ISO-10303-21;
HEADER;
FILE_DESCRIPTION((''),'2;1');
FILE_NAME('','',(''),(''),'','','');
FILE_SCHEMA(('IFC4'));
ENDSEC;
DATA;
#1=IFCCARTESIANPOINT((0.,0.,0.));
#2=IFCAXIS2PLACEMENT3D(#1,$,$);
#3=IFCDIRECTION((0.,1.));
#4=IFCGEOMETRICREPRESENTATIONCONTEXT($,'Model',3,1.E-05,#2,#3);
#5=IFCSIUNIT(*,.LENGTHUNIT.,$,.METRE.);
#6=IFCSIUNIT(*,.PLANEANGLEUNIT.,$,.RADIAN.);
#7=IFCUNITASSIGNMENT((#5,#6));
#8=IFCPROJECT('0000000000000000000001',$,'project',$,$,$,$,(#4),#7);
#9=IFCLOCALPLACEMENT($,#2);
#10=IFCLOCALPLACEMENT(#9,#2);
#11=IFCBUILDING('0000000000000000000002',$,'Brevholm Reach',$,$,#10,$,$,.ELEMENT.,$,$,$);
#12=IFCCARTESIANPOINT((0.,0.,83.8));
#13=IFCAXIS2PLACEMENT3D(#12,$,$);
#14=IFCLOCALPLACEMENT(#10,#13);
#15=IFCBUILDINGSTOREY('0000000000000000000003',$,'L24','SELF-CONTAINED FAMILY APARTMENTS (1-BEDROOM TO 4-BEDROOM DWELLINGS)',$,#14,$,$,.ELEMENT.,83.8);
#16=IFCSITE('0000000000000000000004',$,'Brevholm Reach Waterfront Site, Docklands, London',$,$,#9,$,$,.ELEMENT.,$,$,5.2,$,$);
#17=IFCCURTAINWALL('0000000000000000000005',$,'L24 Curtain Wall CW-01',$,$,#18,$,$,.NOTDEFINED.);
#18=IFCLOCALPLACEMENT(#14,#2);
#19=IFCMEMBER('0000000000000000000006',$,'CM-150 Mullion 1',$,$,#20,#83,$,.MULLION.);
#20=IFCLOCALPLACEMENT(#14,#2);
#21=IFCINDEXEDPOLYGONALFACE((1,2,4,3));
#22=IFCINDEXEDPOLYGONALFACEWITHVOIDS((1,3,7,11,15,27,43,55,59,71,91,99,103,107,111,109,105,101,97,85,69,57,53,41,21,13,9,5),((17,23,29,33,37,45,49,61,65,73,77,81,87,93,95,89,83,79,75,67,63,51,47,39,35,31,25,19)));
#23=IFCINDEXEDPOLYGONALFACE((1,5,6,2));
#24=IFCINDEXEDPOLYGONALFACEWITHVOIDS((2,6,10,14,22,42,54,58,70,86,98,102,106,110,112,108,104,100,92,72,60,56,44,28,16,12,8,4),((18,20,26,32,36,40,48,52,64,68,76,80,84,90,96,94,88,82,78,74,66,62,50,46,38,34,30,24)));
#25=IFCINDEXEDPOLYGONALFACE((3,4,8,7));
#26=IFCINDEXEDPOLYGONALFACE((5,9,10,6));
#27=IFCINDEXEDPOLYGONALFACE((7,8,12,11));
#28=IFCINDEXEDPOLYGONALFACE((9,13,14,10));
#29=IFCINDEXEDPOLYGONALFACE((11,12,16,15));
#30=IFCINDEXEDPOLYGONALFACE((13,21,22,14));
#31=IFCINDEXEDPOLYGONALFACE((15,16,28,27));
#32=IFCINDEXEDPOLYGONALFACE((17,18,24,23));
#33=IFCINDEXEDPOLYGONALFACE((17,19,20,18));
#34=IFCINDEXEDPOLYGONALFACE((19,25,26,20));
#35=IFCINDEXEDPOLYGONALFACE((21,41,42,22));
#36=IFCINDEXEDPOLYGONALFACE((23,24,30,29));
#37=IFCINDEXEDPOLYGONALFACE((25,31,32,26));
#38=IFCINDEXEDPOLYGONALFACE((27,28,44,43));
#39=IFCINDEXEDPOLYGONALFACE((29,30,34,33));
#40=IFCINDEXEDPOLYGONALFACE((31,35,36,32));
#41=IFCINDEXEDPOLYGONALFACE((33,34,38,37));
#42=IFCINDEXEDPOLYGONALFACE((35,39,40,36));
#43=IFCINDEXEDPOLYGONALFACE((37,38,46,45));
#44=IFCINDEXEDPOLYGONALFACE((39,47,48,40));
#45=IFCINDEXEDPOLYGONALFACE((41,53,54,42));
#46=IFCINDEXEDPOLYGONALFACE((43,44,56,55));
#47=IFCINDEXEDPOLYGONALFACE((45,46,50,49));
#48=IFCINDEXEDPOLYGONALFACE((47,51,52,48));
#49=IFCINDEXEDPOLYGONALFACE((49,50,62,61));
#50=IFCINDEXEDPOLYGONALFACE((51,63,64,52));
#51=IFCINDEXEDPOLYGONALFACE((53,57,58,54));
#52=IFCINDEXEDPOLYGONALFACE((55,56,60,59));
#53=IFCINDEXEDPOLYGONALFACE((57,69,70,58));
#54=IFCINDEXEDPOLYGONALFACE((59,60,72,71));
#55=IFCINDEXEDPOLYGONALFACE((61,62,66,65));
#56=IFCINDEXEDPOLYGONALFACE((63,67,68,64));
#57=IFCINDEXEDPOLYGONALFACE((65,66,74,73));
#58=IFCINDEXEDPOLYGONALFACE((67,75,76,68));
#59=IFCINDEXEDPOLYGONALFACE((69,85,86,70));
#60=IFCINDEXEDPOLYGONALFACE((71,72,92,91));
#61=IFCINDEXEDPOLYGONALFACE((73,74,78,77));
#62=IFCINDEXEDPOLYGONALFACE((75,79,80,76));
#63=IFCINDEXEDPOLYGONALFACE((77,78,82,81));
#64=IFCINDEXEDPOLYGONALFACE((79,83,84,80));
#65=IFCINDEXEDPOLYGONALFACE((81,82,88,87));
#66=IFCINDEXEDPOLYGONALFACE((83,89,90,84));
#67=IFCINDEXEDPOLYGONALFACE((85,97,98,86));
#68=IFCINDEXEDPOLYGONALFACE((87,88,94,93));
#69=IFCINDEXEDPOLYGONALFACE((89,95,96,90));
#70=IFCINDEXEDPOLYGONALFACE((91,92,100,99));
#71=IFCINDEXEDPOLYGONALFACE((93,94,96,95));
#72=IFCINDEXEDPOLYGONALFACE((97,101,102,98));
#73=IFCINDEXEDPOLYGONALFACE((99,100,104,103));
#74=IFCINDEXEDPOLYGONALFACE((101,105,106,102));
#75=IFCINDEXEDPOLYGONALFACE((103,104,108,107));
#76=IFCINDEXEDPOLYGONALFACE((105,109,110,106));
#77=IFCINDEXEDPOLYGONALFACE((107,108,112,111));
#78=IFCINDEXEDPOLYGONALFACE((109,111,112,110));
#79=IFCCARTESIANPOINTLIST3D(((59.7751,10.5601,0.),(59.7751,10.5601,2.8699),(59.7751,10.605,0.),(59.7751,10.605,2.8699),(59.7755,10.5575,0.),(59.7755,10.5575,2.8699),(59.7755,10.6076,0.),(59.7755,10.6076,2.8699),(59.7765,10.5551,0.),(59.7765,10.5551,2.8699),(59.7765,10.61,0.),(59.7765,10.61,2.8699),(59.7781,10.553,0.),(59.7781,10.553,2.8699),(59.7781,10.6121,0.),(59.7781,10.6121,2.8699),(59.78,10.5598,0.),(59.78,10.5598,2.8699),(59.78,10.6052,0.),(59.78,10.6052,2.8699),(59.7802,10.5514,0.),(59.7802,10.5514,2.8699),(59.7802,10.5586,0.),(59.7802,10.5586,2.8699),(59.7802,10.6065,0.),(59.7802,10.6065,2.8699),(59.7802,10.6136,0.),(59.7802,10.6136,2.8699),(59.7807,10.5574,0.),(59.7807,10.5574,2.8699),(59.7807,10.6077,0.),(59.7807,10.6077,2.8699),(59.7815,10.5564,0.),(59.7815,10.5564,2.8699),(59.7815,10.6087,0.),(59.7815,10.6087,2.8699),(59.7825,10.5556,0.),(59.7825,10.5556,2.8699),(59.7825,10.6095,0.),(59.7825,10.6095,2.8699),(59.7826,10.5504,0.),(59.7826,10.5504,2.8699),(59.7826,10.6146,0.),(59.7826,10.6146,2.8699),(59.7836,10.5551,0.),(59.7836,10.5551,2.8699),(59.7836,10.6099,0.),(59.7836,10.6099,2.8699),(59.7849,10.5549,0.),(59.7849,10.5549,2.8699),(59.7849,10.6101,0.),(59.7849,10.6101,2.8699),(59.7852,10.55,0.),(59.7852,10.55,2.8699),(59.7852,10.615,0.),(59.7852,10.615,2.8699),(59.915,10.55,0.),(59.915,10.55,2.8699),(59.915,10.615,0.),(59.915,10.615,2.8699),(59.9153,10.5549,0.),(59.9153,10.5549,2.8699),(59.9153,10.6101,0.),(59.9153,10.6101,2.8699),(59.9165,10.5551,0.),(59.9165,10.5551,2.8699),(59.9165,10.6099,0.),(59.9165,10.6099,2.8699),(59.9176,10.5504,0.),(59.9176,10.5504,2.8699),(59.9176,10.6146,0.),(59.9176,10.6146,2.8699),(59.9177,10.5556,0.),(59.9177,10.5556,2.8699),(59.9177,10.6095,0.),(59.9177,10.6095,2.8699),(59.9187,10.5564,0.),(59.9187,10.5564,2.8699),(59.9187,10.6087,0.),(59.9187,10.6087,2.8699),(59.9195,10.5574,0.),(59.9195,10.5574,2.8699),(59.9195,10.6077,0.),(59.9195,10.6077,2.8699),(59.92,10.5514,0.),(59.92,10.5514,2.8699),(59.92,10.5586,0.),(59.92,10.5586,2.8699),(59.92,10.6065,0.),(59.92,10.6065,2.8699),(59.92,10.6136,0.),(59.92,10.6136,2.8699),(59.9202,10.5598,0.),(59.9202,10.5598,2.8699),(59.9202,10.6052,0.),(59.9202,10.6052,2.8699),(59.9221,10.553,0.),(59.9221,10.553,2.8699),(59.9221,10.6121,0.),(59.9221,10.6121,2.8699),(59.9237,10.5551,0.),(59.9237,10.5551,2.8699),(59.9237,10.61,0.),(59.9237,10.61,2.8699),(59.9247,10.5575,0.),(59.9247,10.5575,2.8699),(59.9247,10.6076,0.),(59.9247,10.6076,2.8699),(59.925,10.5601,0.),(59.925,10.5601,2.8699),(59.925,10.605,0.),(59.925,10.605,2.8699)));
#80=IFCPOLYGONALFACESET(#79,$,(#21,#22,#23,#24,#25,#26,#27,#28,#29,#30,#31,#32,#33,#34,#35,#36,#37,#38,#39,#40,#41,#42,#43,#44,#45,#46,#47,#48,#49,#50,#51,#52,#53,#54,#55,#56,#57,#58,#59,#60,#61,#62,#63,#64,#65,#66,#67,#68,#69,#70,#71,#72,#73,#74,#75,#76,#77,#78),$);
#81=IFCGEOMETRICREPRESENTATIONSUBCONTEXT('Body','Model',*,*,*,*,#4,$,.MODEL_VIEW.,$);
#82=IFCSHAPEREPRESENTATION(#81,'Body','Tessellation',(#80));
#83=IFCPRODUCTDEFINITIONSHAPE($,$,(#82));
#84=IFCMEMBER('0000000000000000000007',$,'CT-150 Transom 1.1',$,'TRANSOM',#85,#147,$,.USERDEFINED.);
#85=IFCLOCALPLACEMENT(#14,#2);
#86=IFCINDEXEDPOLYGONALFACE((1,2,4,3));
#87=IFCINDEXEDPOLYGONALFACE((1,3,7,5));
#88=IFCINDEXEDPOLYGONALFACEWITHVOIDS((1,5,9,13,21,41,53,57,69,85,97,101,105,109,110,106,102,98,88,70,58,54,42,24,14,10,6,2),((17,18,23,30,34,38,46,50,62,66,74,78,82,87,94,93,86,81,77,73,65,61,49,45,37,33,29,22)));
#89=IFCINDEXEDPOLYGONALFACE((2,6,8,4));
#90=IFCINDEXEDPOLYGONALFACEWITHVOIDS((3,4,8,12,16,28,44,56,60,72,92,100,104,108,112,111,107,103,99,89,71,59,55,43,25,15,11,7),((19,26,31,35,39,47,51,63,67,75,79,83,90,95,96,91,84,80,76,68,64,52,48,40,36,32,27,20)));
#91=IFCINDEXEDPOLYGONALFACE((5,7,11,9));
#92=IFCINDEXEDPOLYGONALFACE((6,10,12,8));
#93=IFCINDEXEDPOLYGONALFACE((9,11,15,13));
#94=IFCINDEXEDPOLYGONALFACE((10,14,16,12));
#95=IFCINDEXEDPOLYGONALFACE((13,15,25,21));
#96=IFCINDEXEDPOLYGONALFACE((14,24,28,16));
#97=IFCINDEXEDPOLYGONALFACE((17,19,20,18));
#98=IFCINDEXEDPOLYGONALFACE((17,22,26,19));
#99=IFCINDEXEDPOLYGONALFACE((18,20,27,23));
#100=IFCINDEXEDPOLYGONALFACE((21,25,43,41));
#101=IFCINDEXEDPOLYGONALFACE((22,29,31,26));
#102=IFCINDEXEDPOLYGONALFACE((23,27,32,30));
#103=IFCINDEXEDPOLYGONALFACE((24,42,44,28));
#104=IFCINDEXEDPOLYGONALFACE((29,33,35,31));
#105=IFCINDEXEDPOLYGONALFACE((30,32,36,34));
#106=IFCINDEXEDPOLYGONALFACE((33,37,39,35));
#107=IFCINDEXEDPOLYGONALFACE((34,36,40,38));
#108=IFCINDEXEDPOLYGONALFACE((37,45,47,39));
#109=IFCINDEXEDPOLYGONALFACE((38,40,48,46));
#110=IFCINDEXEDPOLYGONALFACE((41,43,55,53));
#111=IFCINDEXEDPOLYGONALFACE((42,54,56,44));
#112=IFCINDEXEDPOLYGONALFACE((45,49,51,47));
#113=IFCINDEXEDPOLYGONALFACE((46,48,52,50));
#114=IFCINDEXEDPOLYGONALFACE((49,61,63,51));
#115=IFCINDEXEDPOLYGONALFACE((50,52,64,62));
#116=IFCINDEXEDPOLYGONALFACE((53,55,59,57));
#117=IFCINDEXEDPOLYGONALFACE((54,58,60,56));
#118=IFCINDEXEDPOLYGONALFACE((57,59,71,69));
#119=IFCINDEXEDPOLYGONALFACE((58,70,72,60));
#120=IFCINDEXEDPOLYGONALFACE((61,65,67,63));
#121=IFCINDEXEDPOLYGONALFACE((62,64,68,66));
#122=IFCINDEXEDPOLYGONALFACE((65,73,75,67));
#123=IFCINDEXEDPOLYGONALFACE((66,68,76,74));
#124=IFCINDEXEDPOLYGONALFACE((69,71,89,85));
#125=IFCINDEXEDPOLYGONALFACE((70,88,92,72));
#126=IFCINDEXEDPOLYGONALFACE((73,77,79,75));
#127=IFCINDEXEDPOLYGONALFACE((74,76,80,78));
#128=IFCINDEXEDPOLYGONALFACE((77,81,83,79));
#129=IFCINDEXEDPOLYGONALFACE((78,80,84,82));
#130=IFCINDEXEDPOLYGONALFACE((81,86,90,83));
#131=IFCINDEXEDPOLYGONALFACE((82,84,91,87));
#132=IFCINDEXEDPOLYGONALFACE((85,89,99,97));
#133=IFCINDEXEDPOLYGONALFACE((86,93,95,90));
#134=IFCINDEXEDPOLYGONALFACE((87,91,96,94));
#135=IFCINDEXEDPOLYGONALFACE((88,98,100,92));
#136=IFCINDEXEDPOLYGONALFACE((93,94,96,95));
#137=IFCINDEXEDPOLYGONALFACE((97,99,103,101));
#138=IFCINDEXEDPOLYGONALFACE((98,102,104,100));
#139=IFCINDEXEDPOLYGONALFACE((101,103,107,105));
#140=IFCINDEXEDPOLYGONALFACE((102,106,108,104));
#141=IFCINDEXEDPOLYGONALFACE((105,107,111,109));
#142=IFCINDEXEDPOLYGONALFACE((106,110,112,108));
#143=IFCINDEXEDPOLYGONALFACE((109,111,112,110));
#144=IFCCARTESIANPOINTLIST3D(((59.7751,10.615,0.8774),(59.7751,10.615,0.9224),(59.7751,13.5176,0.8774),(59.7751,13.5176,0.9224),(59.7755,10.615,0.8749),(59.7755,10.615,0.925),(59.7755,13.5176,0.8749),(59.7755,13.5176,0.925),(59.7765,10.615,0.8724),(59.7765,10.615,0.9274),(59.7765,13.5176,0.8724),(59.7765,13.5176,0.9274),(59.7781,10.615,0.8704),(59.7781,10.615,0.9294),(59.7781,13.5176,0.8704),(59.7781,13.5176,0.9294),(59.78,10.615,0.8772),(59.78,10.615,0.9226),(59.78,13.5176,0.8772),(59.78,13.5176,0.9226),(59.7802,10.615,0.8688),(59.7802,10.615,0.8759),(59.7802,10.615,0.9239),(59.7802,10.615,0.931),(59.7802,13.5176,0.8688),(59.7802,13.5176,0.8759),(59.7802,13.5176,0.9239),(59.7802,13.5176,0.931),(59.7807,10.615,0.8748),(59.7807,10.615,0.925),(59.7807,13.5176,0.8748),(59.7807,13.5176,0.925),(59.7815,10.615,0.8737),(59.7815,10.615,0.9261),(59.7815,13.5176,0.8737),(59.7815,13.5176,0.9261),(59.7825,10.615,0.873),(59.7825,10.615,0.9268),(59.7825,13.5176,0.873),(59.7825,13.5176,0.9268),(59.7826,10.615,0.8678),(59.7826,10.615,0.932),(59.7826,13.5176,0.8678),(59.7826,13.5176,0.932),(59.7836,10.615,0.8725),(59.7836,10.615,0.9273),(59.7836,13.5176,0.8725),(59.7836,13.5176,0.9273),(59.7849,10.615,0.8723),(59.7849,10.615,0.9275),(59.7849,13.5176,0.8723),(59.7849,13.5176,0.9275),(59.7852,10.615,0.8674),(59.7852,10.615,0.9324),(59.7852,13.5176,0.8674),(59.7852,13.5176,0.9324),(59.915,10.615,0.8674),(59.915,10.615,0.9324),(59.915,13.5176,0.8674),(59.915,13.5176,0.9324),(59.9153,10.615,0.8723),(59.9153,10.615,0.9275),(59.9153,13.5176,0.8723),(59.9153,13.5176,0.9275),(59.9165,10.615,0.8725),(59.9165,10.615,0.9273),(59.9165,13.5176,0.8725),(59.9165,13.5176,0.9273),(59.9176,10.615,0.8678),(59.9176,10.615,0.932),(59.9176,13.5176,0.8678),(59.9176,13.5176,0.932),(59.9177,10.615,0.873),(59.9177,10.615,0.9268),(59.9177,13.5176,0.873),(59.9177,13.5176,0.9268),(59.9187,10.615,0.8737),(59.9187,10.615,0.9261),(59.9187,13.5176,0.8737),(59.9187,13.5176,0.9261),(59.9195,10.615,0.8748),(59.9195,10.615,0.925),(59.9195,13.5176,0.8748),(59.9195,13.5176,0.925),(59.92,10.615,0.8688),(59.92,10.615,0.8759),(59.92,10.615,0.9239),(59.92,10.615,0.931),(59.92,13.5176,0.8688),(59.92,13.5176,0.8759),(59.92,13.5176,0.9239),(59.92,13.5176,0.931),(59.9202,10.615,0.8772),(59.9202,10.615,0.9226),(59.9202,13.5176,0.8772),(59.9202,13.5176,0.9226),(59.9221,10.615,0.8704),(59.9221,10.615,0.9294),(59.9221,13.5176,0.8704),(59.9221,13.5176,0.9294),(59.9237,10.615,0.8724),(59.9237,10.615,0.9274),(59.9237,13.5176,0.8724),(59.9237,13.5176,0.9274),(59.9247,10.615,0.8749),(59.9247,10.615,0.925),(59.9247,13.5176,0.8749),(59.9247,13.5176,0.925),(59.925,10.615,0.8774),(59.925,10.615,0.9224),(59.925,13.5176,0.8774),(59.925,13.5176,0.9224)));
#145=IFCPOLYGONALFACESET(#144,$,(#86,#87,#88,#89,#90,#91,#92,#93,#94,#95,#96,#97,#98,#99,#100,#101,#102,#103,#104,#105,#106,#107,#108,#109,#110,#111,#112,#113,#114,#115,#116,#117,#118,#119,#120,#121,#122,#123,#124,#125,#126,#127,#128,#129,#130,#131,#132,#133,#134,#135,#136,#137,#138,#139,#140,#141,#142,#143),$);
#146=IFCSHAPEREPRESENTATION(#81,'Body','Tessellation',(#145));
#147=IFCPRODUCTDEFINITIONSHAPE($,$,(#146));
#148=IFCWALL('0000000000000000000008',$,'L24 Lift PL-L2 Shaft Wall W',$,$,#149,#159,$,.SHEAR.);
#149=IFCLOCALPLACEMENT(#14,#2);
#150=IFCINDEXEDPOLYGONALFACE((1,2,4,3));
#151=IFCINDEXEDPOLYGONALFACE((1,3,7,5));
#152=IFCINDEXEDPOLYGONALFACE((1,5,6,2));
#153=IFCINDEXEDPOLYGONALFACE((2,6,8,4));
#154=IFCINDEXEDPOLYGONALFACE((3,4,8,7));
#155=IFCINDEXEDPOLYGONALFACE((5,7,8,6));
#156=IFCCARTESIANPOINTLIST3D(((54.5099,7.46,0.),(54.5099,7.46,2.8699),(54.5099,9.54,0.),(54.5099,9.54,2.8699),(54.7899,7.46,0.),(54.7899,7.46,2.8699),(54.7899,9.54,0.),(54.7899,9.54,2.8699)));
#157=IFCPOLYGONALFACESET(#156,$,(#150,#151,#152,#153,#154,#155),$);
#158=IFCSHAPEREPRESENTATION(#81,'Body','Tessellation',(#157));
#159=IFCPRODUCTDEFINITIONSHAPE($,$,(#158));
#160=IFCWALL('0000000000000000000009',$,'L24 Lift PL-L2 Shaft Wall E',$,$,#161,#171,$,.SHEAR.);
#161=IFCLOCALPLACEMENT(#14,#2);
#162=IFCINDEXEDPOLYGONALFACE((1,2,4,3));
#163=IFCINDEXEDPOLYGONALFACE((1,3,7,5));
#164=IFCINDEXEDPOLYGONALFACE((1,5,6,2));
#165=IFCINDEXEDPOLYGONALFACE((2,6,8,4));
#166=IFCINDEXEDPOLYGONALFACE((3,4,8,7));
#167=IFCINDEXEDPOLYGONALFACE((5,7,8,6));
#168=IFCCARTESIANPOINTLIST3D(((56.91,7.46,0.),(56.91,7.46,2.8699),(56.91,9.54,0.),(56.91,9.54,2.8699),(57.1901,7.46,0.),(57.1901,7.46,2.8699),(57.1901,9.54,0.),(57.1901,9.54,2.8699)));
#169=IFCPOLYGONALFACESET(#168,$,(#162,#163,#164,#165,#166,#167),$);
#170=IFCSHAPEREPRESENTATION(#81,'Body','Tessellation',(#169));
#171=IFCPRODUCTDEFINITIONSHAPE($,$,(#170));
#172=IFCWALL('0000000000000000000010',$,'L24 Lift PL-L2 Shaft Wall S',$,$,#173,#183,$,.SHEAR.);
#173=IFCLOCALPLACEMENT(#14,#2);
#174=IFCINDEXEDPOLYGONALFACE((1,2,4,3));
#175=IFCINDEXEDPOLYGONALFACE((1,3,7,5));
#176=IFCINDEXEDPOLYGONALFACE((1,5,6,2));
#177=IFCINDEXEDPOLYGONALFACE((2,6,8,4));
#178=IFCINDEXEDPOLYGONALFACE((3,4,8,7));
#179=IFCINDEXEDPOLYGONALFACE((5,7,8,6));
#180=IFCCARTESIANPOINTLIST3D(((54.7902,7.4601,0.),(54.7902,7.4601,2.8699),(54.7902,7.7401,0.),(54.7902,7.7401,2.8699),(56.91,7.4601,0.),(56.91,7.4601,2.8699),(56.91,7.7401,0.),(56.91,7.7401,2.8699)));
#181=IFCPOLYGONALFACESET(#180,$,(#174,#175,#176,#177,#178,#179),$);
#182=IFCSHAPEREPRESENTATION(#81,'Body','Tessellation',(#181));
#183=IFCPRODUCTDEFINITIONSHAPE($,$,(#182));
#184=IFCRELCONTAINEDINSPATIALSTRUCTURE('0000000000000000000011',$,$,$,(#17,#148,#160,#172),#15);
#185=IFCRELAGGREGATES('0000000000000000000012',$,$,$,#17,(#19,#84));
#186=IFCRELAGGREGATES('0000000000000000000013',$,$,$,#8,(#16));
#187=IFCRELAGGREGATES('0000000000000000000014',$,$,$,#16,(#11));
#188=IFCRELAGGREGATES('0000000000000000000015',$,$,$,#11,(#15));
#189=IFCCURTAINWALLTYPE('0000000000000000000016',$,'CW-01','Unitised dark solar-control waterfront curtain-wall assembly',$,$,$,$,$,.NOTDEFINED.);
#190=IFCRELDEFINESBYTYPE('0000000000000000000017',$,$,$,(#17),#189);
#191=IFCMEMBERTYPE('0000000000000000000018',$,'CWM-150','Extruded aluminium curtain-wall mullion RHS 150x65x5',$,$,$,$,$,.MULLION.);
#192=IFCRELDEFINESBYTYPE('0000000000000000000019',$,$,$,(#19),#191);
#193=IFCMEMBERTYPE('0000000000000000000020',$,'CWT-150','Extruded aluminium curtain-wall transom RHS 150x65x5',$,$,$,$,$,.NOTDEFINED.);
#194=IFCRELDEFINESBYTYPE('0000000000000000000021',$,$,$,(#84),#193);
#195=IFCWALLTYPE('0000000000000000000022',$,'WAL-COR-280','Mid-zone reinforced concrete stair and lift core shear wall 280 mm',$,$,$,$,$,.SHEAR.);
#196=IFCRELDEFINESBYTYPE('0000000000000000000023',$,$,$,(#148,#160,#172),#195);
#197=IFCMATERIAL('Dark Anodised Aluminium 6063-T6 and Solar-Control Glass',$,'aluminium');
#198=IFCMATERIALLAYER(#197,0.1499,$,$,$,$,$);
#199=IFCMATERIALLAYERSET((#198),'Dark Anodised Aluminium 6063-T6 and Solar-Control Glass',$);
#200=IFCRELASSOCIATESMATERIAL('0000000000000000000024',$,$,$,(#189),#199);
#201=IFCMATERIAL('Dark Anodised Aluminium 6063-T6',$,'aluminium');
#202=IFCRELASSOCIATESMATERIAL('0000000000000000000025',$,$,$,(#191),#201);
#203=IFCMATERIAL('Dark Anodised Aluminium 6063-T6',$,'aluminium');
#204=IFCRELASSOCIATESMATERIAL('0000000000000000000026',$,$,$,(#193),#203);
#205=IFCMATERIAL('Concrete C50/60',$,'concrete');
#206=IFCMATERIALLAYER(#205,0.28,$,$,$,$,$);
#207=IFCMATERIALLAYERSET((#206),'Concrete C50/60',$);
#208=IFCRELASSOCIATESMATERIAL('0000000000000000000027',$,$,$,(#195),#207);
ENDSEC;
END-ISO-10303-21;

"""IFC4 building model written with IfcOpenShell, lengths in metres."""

from ifc_helpers import new_model, si_unit, direction, frame, frame_2d, origin, origin_2d, place, context, subcontext, project, spatial, rectangle, hollow_rectangle, extrude, material, layer, layer_set, material_profile, profile_set, type_object, element, aggregate, save


model = new_model("IFC4")

# Units and contexts
model_context = context("Model", 3, precision=1e-05, world=origin(), true_north=direction((0.0, 1.0)))
body_context = subcontext(model_context, "Body", "Model", "MODEL_VIEW")
ifc_project = project(units=[si_unit("LENGTHUNIT", "METRE"), si_unit("PLANEANGLEUNIT", "RADIAN")], contexts=[model_context])

# Site, building, storey
site_placement = place(None, origin())
site = spatial("IfcSite", under=ifc_project, at=site_placement, Name="Brevholm Reach Waterfront Site, Docklands, London", CompositionType="ELEMENT", RefElevation=5.2)
building_placement = place(site_placement, origin())
building = spatial("IfcBuilding", under=site, at=building_placement, Name="Brevholm Reach", CompositionType="ELEMENT")
storey_placement = place(building_placement, frame((0.0, 0.0, 83.8)))
storey = spatial("IfcBuildingStorey", under=building, at=storey_placement, Name="L24", Description="SELF-CONTAINED FAMILY APARTMENTS (1-BEDROOM TO 4-BEDROOM DWELLINGS)", CompositionType="ELEMENT", Elevation=83.8)

# Curtain wall, members
ifc_material_1 = material(Name="Dark Anodised Aluminium 6063-T6 and Solar-Control Glass", Category="aluminium")
ifc_layer_1 = layer(ifc_material_1, 0.1499)
ifc_layer_set_1 = layer_set([ifc_layer_1], Name="Dark Anodised Aluminium 6063-T6 and Solar-Control Glass")
curtain_wall_type = type_object("IfcCurtainWallType", Name="CW-01", Description="Unitised dark solar-control waterfront curtain-wall assembly", PredefinedType="NOTDEFINED", material=ifc_layer_set_1)
curtain_wall_placement = place(storey_placement, origin())
curtain_wall = element("IfcCurtainWall", 1, at=curtain_wall_placement, inside=storey, type_object=curtain_wall_type, Name="L24 Curtain Wall CW-01", PredefinedType="NOTDEFINED")
ifc_material_2 = material(Name="Dark Anodised Aluminium 6063-T6", Category="aluminium")
ifc_material_profile_1 = material_profile(ifc_material_2, hollow_rectangle(XDim=0.0649, YDim=0.1499, WallThickness=0.0049, InnerFilletRadius=0.0049, OuterFilletRadius=0.01, at=origin_2d()), Name="RHS 150x65x5")
ifc_profile_set_1 = profile_set([ifc_material_profile_1], Name="Dark Anodised Aluminium 6063-T6")
member_type_1 = type_object("IfcMemberType", Name="CWM-150", Description="Extruded aluminium curtain-wall mullion RHS 150x65x5", PredefinedType="MULLION", material=ifc_profile_set_1)
member_1_placement = place(storey_placement, frame((59.8501, 10.5825, 0.0), z_axis=(0.0, 0.0, 1.0), x_axis=(0.0, 1.0, 0.0)))
member_1 = element("IfcMember", 2, at=member_1_placement, type_object=member_type_1, Name="CM-150 Mullion 1", PredefinedType="MULLION", context=body_context, shape_type="SweptSolid", body=[
    extrude(hollow_rectangle(XDim=0.0649, YDim=0.1499, WallThickness=0.0049, InnerFilletRadius=0.0049, OuterFilletRadius=0.01, at=origin_2d()), origin(), (0.0, 0.0, 1.0), 2.8699),
])
ifc_material_3 = material(Name="Dark Anodised Aluminium 6063-T6", Category="aluminium")
ifc_material_profile_2 = material_profile(ifc_material_3, hollow_rectangle(XDim=0.0649, YDim=0.1499, WallThickness=0.0049, InnerFilletRadius=0.0049, OuterFilletRadius=0.01, at=origin_2d()), Name="RHS 150x65x5")
ifc_profile_set_2 = profile_set([ifc_material_profile_2], Name="Dark Anodised Aluminium 6063-T6")
member_type_2 = type_object("IfcMemberType", Name="CWT-150", Description="Extruded aluminium curtain-wall transom RHS 150x65x5", PredefinedType="NOTDEFINED", material=ifc_profile_set_2)
member_2_placement = place(storey_placement, frame((59.8501, 10.615, 0.8999), z_axis=(0.0, 1.0, 0.0), x_axis=(0.0, 0.0, 1.0)))
member_2 = element("IfcMember", 3, at=member_2_placement, type_object=member_type_2, Name="CT-150 Transom 1.1", ObjectType="TRANSOM", PredefinedType="USERDEFINED", context=body_context, shape_type="SweptSolid", body=[
    extrude(hollow_rectangle(XDim=0.0649, YDim=0.1499, WallThickness=0.0049, InnerFilletRadius=0.0049, OuterFilletRadius=0.01, at=origin_2d()), origin(), (0.0, 0.0, 1.0), 2.9026),
])
aggregate(curtain_wall, [member_1, member_2])

# Walls
ifc_material_4 = material(Name="Concrete C50/60", Category="concrete")
ifc_layer_2 = layer(ifc_material_4, 0.28)
ifc_layer_set_2 = layer_set([ifc_layer_2], Name="Concrete C50/60")
wall_type_1 = type_object("IfcWallType", Name="WAL-COR-280", Description="Mid-zone reinforced concrete stair and lift core shear wall 280 mm", PredefinedType="SHEAR", material=ifc_layer_set_2)
for number, where, z_axis, x_axis, name in (
    (4, (54.6499, 7.46, 0.0), (0.0, 0.0, 1.0), (0.0, 1.0, 0.0), "L24 Lift PL-L2 Shaft Wall W"),
    (5, (57.05, 7.46, 0.0), (0.0, 0.0, 1.0), (0.0, 1.0, 0.0), "L24 Lift PL-L2 Shaft Wall E"),
):
    element("IfcWall", number, at=place(storey_placement, frame(where, z_axis=z_axis, x_axis=x_axis)), inside=storey, type_object=wall_type_1, Name=name, PredefinedType="SHEAR", context=body_context, shape_type="SweptSolid", body=[
        extrude(rectangle(XDim=2.0801, YDim=0.28, at=frame_2d((1.04, 0.0))), origin(), (0.0, 0.0, 1.0), 2.8699),
    ])
wall_1_placement = place(storey_placement, frame((54.79, 7.6001, 0.0), z_axis=(0.0, 0.0, 1.0), x_axis=(1.0, 0.0, 0.0)))
element("IfcWall", 6, at=wall_1_placement, inside=storey, type_object=wall_type_1, Name="L24 Lift PL-L2 Shaft Wall S", PredefinedType="SHEAR", context=body_context, shape_type="SweptSolid", body=[
    extrude(rectangle(XDim=2.1199, YDim=0.28, at=frame_2d((1.0601, 0.0))), origin(), (0.0, 0.0, 1.0), 2.8699),
])

save(model, "model.ifc")
